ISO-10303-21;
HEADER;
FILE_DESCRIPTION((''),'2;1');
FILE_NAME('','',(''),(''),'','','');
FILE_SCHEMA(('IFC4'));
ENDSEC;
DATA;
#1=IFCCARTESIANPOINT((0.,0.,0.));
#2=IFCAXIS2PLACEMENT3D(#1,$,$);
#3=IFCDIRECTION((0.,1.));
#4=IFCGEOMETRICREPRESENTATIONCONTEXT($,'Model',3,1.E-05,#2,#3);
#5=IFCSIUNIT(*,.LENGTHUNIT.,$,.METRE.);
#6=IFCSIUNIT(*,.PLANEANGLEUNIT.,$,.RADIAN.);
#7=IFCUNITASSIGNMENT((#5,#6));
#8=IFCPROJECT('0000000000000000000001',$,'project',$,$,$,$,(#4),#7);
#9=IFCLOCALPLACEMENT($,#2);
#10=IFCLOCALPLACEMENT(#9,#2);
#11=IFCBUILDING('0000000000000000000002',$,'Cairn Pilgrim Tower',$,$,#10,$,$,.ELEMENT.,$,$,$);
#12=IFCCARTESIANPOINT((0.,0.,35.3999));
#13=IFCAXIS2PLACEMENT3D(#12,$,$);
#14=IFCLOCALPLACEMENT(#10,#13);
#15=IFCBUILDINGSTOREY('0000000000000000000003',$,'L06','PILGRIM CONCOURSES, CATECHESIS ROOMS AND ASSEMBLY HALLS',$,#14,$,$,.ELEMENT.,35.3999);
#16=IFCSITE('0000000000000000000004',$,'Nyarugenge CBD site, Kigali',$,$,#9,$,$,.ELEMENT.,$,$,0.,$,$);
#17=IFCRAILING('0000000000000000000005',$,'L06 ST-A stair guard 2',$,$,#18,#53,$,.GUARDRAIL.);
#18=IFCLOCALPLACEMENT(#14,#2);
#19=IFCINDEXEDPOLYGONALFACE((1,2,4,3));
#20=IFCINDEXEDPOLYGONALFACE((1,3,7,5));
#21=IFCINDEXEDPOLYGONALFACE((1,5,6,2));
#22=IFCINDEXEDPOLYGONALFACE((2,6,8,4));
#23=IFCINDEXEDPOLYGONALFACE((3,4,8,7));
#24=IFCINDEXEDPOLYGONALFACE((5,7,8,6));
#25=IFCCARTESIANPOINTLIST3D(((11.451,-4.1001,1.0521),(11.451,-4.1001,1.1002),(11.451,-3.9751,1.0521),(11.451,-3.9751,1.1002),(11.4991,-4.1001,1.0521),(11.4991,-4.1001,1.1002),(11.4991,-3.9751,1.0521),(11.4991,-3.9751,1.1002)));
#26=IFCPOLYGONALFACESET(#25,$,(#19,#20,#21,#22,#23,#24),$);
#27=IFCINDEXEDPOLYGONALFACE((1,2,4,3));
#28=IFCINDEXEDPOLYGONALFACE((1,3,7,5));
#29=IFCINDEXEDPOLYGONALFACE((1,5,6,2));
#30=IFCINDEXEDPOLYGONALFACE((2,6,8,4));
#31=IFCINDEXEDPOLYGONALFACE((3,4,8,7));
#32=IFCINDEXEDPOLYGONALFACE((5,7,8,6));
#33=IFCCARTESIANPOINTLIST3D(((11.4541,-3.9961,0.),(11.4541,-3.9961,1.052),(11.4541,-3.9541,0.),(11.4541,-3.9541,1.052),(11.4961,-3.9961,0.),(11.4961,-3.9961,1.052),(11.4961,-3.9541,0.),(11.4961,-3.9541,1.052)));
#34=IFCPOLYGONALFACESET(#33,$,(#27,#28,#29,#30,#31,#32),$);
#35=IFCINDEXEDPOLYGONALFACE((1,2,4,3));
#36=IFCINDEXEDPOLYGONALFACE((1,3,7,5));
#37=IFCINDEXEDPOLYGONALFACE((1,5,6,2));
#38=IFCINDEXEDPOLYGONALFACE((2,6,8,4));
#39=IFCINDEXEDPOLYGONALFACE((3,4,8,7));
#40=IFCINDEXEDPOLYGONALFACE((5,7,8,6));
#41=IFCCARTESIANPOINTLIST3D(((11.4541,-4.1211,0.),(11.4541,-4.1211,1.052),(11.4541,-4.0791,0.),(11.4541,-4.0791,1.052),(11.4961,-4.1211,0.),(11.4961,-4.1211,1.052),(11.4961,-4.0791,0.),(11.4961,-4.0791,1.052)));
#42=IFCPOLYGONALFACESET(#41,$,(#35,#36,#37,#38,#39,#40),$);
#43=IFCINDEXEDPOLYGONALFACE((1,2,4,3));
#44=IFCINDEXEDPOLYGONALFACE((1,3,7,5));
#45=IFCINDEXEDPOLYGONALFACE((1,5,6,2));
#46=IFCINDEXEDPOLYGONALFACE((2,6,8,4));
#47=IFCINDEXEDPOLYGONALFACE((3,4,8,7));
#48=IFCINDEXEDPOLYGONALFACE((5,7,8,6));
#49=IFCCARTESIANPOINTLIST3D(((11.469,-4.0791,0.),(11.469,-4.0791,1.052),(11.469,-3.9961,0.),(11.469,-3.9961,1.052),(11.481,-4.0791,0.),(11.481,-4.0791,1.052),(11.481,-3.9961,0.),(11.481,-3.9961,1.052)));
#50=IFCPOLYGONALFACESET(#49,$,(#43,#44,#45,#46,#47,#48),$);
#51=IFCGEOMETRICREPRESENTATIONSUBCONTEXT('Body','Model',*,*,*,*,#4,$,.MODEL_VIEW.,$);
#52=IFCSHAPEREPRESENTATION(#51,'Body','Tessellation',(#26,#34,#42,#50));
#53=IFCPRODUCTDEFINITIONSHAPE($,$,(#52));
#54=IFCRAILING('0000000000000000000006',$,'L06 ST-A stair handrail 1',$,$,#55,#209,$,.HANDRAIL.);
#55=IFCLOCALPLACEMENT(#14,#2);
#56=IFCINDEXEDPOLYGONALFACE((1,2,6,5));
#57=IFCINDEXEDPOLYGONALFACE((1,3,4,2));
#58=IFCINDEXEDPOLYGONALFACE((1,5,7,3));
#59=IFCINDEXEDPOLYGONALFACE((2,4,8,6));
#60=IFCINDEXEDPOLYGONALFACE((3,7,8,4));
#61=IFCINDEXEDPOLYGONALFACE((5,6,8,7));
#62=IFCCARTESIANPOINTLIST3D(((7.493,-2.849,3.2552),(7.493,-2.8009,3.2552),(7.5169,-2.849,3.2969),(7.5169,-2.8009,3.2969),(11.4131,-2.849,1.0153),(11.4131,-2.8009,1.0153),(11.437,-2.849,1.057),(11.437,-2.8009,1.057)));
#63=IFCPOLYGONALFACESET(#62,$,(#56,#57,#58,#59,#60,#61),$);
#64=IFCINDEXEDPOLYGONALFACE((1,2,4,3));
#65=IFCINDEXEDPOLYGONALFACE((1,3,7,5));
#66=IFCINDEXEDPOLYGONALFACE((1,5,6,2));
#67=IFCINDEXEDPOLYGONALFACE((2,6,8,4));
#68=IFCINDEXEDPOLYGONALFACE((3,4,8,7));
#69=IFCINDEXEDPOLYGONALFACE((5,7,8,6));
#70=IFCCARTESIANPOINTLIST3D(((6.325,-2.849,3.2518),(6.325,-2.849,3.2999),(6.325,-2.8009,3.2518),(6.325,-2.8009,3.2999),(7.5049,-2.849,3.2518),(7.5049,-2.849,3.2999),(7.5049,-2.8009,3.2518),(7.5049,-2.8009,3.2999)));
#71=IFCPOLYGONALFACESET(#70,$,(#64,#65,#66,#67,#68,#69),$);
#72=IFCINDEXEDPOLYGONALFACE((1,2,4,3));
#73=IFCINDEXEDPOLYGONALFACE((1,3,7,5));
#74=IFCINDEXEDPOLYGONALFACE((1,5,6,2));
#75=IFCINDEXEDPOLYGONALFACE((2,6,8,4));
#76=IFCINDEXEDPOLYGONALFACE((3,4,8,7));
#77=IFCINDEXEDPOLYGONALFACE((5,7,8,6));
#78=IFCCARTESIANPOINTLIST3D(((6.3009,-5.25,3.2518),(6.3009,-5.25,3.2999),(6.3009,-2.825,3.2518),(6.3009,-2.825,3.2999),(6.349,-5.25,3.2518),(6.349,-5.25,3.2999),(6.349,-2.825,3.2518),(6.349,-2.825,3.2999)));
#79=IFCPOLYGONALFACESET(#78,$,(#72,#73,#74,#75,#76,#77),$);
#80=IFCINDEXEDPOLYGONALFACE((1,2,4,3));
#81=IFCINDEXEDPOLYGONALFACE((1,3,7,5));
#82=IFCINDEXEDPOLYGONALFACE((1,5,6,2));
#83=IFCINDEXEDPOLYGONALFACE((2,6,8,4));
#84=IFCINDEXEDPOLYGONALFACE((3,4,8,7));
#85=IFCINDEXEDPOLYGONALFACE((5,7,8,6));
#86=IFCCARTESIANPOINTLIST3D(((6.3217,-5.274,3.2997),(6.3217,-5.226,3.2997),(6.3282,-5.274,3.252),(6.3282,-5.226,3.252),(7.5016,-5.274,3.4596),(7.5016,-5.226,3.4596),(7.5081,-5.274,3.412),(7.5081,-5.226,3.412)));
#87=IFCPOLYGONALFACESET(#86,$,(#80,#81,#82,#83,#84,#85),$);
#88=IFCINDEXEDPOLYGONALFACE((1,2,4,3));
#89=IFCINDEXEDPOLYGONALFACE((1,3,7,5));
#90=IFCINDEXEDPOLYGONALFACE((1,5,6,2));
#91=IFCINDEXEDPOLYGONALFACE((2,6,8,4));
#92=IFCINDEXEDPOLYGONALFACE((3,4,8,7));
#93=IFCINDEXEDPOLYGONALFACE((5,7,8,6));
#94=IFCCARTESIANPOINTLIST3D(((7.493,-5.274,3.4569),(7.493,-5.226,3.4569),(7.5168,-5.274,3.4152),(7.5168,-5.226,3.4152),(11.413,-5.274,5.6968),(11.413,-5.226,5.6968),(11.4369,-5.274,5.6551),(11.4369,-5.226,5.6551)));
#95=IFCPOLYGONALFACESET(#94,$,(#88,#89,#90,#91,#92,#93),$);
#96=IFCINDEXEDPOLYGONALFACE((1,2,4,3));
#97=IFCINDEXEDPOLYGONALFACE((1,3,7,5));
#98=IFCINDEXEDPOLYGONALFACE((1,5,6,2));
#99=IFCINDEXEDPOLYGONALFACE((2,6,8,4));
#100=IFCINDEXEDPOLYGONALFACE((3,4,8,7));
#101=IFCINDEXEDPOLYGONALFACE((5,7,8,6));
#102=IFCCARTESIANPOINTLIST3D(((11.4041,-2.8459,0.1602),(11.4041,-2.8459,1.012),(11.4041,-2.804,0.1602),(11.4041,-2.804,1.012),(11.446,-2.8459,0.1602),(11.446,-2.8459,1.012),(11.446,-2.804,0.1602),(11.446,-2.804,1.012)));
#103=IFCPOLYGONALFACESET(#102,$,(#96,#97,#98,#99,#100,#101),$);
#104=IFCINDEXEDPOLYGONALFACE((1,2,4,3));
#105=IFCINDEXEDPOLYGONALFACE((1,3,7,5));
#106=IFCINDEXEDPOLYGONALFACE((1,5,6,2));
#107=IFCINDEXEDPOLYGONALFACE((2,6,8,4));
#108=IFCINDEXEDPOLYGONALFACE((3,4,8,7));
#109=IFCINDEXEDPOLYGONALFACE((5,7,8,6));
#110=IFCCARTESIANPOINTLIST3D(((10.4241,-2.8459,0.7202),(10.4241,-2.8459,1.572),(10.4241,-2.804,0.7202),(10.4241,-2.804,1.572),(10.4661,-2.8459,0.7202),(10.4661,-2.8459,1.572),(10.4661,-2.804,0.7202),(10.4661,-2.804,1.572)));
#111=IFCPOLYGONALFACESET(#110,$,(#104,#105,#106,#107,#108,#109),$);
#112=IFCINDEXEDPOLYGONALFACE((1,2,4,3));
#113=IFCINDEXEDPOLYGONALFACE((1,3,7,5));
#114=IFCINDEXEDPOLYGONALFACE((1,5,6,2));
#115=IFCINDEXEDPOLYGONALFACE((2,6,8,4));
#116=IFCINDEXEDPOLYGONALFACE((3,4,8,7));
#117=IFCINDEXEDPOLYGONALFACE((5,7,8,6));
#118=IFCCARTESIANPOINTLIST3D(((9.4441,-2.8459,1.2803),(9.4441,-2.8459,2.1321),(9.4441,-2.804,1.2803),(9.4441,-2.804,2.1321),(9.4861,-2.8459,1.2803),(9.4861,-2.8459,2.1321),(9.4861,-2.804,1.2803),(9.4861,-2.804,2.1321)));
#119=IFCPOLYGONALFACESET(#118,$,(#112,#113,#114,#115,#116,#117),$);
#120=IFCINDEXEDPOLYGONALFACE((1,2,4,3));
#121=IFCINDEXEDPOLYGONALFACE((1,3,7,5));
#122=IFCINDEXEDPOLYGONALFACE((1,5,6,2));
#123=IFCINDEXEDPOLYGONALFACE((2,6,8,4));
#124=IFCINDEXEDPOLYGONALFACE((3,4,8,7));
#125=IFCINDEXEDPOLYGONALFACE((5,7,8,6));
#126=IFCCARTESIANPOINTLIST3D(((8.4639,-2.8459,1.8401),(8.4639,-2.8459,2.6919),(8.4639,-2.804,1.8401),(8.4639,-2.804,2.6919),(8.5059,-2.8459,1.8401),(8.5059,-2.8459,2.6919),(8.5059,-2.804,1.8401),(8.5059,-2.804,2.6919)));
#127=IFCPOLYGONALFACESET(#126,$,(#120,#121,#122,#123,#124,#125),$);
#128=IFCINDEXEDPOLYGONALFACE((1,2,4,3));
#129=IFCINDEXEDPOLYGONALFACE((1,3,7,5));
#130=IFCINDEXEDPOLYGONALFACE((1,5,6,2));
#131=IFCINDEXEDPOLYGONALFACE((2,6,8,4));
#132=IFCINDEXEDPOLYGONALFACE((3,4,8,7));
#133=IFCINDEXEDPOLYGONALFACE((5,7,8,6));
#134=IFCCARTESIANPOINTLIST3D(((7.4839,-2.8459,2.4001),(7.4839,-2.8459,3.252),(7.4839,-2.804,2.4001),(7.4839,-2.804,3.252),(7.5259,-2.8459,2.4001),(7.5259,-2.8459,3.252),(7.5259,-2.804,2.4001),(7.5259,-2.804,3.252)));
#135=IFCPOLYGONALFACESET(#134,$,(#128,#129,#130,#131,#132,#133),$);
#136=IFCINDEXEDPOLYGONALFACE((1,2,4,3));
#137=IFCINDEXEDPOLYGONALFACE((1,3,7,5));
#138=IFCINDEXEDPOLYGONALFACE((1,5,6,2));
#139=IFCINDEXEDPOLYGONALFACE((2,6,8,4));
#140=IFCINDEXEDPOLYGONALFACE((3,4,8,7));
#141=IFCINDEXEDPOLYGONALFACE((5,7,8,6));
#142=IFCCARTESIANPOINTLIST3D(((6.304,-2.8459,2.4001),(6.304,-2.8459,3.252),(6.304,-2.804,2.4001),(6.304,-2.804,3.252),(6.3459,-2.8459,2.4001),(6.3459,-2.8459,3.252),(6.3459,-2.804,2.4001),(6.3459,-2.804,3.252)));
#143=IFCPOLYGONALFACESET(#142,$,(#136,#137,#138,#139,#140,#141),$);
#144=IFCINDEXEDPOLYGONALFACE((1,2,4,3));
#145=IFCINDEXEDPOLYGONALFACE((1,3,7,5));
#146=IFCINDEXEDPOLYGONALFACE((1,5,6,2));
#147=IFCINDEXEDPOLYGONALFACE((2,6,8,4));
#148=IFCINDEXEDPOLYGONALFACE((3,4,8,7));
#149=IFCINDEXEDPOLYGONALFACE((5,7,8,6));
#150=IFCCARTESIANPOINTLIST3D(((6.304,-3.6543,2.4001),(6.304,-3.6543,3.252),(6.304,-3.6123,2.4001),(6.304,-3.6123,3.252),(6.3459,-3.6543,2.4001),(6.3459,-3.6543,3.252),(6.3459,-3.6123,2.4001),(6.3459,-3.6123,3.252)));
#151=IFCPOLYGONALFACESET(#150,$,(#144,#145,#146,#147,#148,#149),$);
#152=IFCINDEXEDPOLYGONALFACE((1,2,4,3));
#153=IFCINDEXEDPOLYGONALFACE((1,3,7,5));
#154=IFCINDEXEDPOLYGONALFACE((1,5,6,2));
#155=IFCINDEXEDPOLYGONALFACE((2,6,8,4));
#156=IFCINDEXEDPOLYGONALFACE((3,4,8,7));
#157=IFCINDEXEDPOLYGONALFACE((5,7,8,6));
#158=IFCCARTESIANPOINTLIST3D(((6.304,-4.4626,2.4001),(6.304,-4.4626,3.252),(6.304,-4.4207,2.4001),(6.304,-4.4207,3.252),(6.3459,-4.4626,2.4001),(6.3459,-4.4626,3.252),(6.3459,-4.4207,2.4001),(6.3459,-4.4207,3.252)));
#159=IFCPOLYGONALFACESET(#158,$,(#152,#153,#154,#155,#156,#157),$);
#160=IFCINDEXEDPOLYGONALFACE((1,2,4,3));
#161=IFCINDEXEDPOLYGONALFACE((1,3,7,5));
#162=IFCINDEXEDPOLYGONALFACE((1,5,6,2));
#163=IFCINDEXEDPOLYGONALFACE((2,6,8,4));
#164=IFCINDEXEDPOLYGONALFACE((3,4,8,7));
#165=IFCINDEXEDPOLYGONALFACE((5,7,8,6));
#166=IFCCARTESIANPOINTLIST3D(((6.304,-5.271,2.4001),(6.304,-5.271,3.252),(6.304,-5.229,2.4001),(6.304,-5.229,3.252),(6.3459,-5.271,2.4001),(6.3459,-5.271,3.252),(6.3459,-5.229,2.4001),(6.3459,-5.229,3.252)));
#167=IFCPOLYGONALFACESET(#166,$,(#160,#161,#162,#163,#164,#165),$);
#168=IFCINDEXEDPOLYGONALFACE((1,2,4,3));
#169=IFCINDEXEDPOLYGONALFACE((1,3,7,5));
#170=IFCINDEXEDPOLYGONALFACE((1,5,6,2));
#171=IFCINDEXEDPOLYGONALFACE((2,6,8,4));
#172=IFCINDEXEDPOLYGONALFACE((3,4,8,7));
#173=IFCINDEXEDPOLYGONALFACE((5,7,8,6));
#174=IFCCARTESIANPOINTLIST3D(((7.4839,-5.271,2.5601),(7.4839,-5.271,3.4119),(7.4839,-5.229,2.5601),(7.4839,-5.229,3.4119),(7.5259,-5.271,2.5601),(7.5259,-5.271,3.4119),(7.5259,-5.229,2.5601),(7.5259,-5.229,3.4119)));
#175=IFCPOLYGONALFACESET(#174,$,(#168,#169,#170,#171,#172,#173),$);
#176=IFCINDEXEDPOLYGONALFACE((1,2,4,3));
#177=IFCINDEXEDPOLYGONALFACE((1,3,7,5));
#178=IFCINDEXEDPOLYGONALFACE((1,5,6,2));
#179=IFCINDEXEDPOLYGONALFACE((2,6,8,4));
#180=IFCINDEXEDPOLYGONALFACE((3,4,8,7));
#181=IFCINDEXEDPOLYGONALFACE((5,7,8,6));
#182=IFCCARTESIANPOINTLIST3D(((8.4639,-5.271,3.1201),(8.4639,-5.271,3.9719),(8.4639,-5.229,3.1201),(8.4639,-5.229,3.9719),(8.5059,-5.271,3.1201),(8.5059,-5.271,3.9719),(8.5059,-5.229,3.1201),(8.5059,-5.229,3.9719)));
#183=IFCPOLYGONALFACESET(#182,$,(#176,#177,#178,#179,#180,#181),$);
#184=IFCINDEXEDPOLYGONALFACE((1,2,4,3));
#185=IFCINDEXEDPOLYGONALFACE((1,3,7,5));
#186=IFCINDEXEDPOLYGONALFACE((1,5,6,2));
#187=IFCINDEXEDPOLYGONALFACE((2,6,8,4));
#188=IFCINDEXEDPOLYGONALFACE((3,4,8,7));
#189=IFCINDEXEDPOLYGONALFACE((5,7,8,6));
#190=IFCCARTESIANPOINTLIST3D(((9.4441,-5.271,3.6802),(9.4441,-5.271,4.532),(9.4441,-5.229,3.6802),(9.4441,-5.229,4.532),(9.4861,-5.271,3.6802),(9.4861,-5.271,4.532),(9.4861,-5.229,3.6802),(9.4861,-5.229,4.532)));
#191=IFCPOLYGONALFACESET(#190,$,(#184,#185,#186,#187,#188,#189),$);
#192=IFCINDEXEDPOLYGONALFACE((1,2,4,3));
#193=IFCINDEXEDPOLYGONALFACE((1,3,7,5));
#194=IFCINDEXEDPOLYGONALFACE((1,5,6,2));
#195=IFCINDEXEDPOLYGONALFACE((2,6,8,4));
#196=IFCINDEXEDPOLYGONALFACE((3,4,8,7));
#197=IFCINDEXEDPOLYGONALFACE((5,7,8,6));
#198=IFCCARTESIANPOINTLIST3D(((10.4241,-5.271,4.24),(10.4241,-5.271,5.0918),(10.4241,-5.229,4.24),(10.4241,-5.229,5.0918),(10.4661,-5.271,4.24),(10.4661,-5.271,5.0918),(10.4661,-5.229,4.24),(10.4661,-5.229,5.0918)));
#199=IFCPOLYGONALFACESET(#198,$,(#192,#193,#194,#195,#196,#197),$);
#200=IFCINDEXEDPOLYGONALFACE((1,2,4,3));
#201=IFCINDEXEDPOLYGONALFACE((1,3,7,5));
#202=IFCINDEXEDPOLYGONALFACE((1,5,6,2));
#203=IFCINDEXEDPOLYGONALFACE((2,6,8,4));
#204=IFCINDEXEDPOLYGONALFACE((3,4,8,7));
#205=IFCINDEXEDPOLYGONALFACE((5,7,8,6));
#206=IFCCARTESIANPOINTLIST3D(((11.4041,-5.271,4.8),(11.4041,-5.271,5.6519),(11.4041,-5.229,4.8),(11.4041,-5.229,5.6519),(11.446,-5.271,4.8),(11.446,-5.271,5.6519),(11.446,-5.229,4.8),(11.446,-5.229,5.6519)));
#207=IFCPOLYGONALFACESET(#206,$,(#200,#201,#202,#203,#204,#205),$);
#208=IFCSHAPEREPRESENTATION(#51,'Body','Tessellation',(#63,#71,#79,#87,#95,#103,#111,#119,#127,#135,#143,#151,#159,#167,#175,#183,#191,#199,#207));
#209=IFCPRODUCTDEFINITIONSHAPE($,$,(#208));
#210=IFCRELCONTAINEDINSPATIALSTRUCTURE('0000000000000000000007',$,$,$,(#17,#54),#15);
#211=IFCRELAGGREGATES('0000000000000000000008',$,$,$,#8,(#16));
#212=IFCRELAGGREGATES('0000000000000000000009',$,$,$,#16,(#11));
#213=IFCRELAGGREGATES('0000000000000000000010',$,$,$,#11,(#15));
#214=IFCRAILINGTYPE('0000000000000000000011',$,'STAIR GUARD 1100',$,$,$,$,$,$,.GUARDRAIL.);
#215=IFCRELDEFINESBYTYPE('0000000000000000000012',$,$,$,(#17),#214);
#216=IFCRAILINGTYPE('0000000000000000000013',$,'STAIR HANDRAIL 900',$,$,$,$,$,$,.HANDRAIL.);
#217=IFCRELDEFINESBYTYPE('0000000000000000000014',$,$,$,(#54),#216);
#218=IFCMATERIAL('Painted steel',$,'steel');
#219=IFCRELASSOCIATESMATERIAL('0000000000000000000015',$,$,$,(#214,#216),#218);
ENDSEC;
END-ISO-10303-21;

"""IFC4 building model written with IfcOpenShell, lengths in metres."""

from ifc_helpers import new_model, si_unit, direction, frame, origin, origin_2d, place, context, subcontext, project, spatial, polyline, rectangle, outline, extrude, material, type_object, element, save


model = new_model("IFC4")

# Units and contexts
model_context = context("Model", 3, precision=1e-05, world=origin(), true_north=direction((0.0, 1.0)))
body_context = subcontext(model_context, "Body", "Model", "MODEL_VIEW")
ifc_project = project(units=[si_unit("LENGTHUNIT", "METRE"), si_unit("PLANEANGLEUNIT", "RADIAN")], contexts=[model_context])

# Site, building, storey
site_placement = place(None, origin())
site = spatial("IfcSite", under=ifc_project, at=site_placement, Name="Nyarugenge CBD site, Kigali", CompositionType="ELEMENT", RefElevation=0.0)
building_placement = place(site_placement, origin())
building = spatial("IfcBuilding", under=site, at=building_placement, Name="Cairn Pilgrim Tower", CompositionType="ELEMENT")
storey_placement = place(building_placement, frame((0.0, 0.0, 35.3999)))
storey = spatial("IfcBuildingStorey", under=building, at=storey_placement, Name="L06", Description="PILGRIM CONCOURSES, CATECHESIS ROOMS AND ASSEMBLY HALLS", CompositionType="ELEMENT", Elevation=35.3999)

# Railings
ifc_material_1 = material(Name="Painted steel", Category="steel")
railing_type_1 = type_object("IfcRailingType", Name="STAIR GUARD 1100", PredefinedType="GUARDRAIL", material=ifc_material_1)
railing_1_placement = place(storey_placement, frame((11.4751, -3.9751, 0.0)))
element("IfcRailing", 1, at=railing_1_placement, inside=storey, type_object=railing_type_1, Name="L06 ST-A stair guard 2", PredefinedType="GUARDRAIL", context=body_context, shape_type="SweptSolid", body=[
    extrude(rectangle(XDim=0.0481, YDim=0.0481, at=origin_2d()), frame((0.0, 0.0, 1.0762), z_axis=(0.0, -1.0, 0.0), x_axis=(1.0, 0.0, 0.0)), (0.0, 0.0, 1.0), 0.125),
    extrude(rectangle(XDim=0.042, YDim=0.042, at=origin_2d()), origin(), (0.0, 0.0, 1.0), 1.052),
    extrude(rectangle(XDim=0.042, YDim=0.042, at=origin_2d()), frame((0.0, -0.125, 0.0)), (0.0, 0.0, 1.0), 1.052),
    extrude(outline(polyline([(0.021, 0.0), (0.104, 0.0), (0.104, 1.052), (0.021, 1.052), (0.021, 0.0)])), frame((0.0059, 0.0, 0.0), z_axis=(-1.0, 0.0, 0.0), x_axis=(0.0, -1.0, 0.0)), (0.0, 0.0, 1.0), 0.012),
])
railing_type_2 = type_object("IfcRailingType", Name="STAIR HANDRAIL 900", PredefinedType="HANDRAIL", material=ifc_material_1)
railing_2_placement = place(storey_placement, frame((11.425, -2.825, 0.1602)))
element("IfcRailing", 2, at=railing_2_placement, inside=storey, type_object=railing_type_2, Name="L06 ST-A stair handrail 1", PredefinedType="HANDRAIL", context=body_context, shape_type="SweptSolid", body=[
    extrude(rectangle(XDim=0.0481, YDim=0.0481, at=origin_2d()), frame((0.0, 0.0, 0.876), z_axis=(-0.868253, 0.0, 0.496121), x_axis=(0.0, -1.0, 0.0)), (0.0, 0.0, 1.0), 4.5149),
    extrude(rectangle(XDim=0.0481, YDim=0.0481, at=origin_2d()), frame((-3.9202, 0.0, 3.1157), z_axis=(-1.0, 0.0, 0.0), x_axis=(0.0, -1.0, 0.0)), (0.0, 0.0, 1.0), 1.1799),
    extrude(rectangle(XDim=0.0481, YDim=0.0481, at=origin_2d()), frame((-5.1001, 0.0, 3.1157), z_axis=(0.0, -1.0, 0.0), x_axis=(1.0, 0.0, 0.0)), (0.0, 0.0, 1.0), 2.425),
    extrude(rectangle(XDim=0.0481, YDim=0.0481, at=origin_2d()), frame((-5.1001, -2.425, 3.1157), z_axis=(0.990941, 0.0, 0.134299), x_axis=(0.0, 1.0, 0.0)), (0.0, 0.0, 1.0), 1.1907),
    extrude(rectangle(XDim=0.0481, YDim=0.0481, at=origin_2d()), frame((-3.9202, -2.425, 3.2759), z_axis=(0.868253, 0.0, 0.496121), x_axis=(0.0, 1.0, 0.0)), (0.0, 0.0, 1.0), 4.5149),
    extrude(rectangle(XDim=0.042, YDim=0.042, at=origin_2d()), origin(), (0.0, 0.0, 1.0), 0.8518),
    extrude(rectangle(XDim=0.042, YDim=0.042, at=origin_2d()), frame((-0.98, 0.0, 0.5601)), (0.0, 0.0, 1.0), 0.8518),
    extrude(rectangle(XDim=0.042, YDim=0.042, at=origin_2d()), frame((-1.96, 0.0, 1.1201)), (0.0, 0.0, 1.0), 0.8518),
    extrude(rectangle(XDim=0.042, YDim=0.042, at=origin_2d()), frame((-2.9402, 0.0, 1.6799)), (0.0, 0.0, 1.0), 0.8518),
    extrude(rectangle(XDim=0.042, YDim=0.042, at=origin_2d()), frame((-3.9202, 0.0, 2.24)), (0.0, 0.0, 1.0), 0.8518),
    extrude(rectangle(XDim=0.042, YDim=0.042, at=origin_2d()), frame((-5.1001, 0.0, 2.24)), (0.0, 0.0, 1.0), 0.8518),
    extrude(rectangle(XDim=0.042, YDim=0.042, at=origin_2d()), frame((-5.1001, -0.8083, 2.24)), (0.0, 0.0, 1.0), 0.8518),
    extrude(rectangle(XDim=0.042, YDim=0.042, at=origin_2d()), frame((-5.1001, -1.6167, 2.24)), (0.0, 0.0, 1.0), 0.8518),
    extrude(rectangle(XDim=0.042, YDim=0.042, at=origin_2d()), frame((-5.1001, -2.425, 2.24)), (0.0, 0.0, 1.0), 0.8518),
    extrude(rectangle(XDim=0.042, YDim=0.042, at=origin_2d()), frame((-3.9202, -2.425, 2.3999)), (0.0, 0.0, 1.0), 0.8518),
    extrude(rectangle(XDim=0.042, YDim=0.042, at=origin_2d()), frame((-2.9402, -2.425, 2.96)), (0.0, 0.0, 1.0), 0.8518),
    extrude(rectangle(XDim=0.042, YDim=0.042, at=origin_2d()), frame((-1.96, -2.425, 3.52)), (0.0, 0.0, 1.0), 0.8518),
    extrude(rectangle(XDim=0.042, YDim=0.042, at=origin_2d()), frame((-0.98, -2.425, 4.0798)), (0.0, 0.0, 1.0), 0.8518),
    extrude(rectangle(XDim=0.042, YDim=0.042, at=origin_2d()), frame((0.0, -2.425, 4.6399)), (0.0, 0.0, 1.0), 0.8518),
])

save(model, "model.ifc")
